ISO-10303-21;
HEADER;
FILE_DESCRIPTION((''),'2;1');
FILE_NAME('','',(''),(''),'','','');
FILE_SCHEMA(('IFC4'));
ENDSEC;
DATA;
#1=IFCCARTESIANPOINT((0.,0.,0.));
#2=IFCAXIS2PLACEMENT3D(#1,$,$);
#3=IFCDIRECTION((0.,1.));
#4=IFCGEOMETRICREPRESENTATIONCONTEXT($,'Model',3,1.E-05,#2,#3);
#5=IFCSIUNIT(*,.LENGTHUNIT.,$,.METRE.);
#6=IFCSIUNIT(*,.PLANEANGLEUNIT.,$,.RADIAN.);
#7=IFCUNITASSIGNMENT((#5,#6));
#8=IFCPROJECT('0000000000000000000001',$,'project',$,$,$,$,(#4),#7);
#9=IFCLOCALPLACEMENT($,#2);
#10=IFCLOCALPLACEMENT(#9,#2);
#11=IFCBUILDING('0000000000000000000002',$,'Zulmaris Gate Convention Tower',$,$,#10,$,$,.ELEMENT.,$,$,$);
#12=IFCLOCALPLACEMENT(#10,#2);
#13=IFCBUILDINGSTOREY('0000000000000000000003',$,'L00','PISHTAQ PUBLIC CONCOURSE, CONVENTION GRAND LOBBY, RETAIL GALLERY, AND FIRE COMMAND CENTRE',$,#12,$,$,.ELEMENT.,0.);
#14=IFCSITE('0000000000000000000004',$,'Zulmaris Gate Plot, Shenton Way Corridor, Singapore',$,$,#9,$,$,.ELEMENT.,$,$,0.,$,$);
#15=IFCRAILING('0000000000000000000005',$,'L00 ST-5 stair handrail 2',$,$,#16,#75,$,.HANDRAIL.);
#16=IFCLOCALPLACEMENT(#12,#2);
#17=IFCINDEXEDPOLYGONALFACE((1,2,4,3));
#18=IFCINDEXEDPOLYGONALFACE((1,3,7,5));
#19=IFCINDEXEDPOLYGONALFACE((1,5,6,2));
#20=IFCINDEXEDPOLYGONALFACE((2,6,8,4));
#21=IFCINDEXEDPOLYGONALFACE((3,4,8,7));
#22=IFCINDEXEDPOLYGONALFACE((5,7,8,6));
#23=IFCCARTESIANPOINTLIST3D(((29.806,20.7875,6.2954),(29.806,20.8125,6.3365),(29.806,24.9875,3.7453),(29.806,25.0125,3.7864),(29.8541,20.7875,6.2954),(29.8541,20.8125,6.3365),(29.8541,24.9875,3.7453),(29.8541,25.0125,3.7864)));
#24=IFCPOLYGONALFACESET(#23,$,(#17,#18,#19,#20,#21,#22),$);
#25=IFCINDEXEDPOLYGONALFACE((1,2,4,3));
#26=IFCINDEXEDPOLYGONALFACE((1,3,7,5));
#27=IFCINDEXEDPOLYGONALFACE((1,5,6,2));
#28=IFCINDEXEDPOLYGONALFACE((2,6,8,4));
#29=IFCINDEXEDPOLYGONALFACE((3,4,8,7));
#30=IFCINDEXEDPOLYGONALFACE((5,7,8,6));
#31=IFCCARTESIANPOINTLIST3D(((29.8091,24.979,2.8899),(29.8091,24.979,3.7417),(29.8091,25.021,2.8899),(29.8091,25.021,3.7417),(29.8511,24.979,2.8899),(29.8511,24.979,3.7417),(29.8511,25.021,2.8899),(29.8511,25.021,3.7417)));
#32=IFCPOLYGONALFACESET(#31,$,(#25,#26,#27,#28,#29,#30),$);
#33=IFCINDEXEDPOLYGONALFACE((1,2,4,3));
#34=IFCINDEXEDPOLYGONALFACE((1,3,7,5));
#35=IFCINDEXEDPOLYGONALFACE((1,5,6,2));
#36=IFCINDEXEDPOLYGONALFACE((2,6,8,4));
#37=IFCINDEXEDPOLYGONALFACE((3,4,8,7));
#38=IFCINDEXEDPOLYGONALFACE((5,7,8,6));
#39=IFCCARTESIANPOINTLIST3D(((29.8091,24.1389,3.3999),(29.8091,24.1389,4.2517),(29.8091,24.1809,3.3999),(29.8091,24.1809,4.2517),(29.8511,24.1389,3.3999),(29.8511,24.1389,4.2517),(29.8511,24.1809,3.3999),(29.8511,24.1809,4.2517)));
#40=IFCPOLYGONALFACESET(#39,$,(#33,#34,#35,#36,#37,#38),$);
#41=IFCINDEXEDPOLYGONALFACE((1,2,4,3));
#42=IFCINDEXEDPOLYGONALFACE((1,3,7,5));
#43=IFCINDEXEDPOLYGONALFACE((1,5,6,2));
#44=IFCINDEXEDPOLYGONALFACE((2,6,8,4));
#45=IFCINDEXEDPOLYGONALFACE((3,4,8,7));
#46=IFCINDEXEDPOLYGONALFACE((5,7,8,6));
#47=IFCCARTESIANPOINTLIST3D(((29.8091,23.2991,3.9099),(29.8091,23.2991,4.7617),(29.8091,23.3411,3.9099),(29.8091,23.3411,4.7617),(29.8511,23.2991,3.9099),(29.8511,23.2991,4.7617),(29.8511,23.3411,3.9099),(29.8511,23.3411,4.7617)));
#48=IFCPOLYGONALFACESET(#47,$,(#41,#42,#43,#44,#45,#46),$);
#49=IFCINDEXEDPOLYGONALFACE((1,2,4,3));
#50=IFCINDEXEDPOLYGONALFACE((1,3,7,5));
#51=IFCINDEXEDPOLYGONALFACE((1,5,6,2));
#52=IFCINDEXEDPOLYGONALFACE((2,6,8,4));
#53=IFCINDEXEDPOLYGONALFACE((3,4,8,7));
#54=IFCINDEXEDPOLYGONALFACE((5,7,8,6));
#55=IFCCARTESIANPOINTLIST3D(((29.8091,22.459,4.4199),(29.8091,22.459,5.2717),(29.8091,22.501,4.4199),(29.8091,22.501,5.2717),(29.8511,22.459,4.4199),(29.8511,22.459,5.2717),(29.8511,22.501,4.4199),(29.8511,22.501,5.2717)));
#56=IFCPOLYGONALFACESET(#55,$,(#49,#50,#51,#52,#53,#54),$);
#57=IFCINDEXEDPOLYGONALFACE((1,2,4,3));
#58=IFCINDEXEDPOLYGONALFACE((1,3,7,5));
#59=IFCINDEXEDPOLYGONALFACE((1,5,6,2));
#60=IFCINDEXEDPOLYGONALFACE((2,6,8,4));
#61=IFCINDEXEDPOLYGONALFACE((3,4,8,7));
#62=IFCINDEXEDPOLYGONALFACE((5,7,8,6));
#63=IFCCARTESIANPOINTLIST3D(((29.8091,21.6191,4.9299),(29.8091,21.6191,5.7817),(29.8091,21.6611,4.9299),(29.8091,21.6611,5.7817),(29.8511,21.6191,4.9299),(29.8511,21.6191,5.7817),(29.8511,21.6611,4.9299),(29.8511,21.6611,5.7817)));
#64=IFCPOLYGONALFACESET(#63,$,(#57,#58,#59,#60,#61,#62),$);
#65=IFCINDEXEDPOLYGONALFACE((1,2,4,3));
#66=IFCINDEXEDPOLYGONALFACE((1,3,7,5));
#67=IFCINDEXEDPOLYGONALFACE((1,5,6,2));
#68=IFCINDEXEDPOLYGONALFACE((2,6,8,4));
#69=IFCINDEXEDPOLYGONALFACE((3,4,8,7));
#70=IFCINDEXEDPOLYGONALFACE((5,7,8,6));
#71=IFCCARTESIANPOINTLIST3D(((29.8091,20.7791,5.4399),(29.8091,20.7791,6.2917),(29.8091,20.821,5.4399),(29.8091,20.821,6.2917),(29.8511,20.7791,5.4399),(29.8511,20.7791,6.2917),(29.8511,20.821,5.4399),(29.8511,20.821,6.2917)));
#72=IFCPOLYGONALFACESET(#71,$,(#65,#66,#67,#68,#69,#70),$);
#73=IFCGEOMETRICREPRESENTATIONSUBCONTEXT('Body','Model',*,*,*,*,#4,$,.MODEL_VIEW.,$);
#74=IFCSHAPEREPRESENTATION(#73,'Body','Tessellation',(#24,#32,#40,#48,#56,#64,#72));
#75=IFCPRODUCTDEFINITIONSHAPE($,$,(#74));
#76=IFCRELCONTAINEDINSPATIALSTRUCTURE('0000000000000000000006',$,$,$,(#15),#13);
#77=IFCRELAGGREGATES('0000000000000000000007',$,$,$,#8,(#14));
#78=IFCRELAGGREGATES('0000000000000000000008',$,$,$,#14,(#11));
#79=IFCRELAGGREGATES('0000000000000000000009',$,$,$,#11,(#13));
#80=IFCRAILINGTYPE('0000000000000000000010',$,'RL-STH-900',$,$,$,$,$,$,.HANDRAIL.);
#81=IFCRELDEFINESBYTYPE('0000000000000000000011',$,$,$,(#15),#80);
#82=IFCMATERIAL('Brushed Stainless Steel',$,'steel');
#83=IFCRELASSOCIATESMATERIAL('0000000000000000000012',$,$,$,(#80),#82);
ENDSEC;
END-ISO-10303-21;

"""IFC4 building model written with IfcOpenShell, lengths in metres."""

from ifc_helpers import new_model, si_unit, direction, frame, origin, origin_2d, place, context, subcontext, project, spatial, rectangle, extrude, material, type_object, element, save


model = new_model("IFC4")

# Units and contexts
model_context = context("Model", 3, precision=1e-05, world=origin(), true_north=direction((0.0, 1.0)))
body_context = subcontext(model_context, "Body", "Model", "MODEL_VIEW")
ifc_project = project(units=[si_unit("LENGTHUNIT", "METRE"), si_unit("PLANEANGLEUNIT", "RADIAN")], contexts=[model_context])

# Site, building, storey
site_placement = place(None, origin())
site = spatial("IfcSite", under=ifc_project, at=site_placement, Name="Zulmaris Gate Plot, Shenton Way Corridor, Singapore", CompositionType="ELEMENT", RefElevation=0.0)
building_placement = place(site_placement, origin())
building = spatial("IfcBuilding", under=site, at=building_placement, Name="Zulmaris Gate Convention Tower", CompositionType="ELEMENT")
storey_placement = place(building_placement, origin())
storey = spatial("IfcBuildingStorey", under=building, at=storey_placement, Name="L00", Description="PISHTAQ PUBLIC CONCOURSE, CONVENTION GRAND LOBBY, RETAIL GALLERY, AND FIRE COMMAND CENTRE", CompositionType="ELEMENT", Elevation=0.0)

# Railing
ifc_material_1 = material(Name="Brushed Stainless Steel", Category="steel")
railing_type_1 = type_object("IfcRailingType", Name="RL-STH-900", PredefinedType="HANDRAIL", material=ifc_material_1)
railing_1_placement = place(storey_placement, frame((29.8301, 25.0, 2.8899)))
element("IfcRailing", 1, at=railing_1_placement, inside=storey, type_object=railing_type_1, Name="L00 ST-5 stair handrail 2", PredefinedType="HANDRAIL", context=body_context, shape_type="SweptSolid", body=[
    extrude(rectangle(XDim=0.0481, YDim=0.0481, at=origin_2d()), frame((0.0, 0.0, 0.876), z_axis=(0.0, -0.85478, 0.51899), x_axis=(1.0, 0.0, 0.0)), (0.0, 0.0, 1.0), 4.9136),
    extrude(rectangle(XDim=0.042, YDim=0.042, at=origin_2d()), origin(), (0.0, 0.0, 1.0), 0.8518),
    extrude(rectangle(XDim=0.042, YDim=0.042, at=origin_2d()), frame((0.0, -0.8401, 0.51)), (0.0, 0.0, 1.0), 0.8518),
    extrude(rectangle(XDim=0.042, YDim=0.042, at=origin_2d()), frame((0.0, -1.6799, 1.02)), (0.0, 0.0, 1.0), 0.8518),
    extrude(rectangle(XDim=0.042, YDim=0.042, at=origin_2d()), frame((0.0, -2.52, 1.53)), (0.0, 0.0, 1.0), 0.8518),
    extrude(rectangle(XDim=0.042, YDim=0.042, at=origin_2d()), frame((0.0, -3.3599, 2.04)), (0.0, 0.0, 1.0), 0.8518),
    extrude(rectangle(XDim=0.042, YDim=0.042, at=origin_2d()), frame((0.0, -4.2, 2.55)), (0.0, 0.0, 1.0), 0.8518),
])

save(model, "model.ifc")
